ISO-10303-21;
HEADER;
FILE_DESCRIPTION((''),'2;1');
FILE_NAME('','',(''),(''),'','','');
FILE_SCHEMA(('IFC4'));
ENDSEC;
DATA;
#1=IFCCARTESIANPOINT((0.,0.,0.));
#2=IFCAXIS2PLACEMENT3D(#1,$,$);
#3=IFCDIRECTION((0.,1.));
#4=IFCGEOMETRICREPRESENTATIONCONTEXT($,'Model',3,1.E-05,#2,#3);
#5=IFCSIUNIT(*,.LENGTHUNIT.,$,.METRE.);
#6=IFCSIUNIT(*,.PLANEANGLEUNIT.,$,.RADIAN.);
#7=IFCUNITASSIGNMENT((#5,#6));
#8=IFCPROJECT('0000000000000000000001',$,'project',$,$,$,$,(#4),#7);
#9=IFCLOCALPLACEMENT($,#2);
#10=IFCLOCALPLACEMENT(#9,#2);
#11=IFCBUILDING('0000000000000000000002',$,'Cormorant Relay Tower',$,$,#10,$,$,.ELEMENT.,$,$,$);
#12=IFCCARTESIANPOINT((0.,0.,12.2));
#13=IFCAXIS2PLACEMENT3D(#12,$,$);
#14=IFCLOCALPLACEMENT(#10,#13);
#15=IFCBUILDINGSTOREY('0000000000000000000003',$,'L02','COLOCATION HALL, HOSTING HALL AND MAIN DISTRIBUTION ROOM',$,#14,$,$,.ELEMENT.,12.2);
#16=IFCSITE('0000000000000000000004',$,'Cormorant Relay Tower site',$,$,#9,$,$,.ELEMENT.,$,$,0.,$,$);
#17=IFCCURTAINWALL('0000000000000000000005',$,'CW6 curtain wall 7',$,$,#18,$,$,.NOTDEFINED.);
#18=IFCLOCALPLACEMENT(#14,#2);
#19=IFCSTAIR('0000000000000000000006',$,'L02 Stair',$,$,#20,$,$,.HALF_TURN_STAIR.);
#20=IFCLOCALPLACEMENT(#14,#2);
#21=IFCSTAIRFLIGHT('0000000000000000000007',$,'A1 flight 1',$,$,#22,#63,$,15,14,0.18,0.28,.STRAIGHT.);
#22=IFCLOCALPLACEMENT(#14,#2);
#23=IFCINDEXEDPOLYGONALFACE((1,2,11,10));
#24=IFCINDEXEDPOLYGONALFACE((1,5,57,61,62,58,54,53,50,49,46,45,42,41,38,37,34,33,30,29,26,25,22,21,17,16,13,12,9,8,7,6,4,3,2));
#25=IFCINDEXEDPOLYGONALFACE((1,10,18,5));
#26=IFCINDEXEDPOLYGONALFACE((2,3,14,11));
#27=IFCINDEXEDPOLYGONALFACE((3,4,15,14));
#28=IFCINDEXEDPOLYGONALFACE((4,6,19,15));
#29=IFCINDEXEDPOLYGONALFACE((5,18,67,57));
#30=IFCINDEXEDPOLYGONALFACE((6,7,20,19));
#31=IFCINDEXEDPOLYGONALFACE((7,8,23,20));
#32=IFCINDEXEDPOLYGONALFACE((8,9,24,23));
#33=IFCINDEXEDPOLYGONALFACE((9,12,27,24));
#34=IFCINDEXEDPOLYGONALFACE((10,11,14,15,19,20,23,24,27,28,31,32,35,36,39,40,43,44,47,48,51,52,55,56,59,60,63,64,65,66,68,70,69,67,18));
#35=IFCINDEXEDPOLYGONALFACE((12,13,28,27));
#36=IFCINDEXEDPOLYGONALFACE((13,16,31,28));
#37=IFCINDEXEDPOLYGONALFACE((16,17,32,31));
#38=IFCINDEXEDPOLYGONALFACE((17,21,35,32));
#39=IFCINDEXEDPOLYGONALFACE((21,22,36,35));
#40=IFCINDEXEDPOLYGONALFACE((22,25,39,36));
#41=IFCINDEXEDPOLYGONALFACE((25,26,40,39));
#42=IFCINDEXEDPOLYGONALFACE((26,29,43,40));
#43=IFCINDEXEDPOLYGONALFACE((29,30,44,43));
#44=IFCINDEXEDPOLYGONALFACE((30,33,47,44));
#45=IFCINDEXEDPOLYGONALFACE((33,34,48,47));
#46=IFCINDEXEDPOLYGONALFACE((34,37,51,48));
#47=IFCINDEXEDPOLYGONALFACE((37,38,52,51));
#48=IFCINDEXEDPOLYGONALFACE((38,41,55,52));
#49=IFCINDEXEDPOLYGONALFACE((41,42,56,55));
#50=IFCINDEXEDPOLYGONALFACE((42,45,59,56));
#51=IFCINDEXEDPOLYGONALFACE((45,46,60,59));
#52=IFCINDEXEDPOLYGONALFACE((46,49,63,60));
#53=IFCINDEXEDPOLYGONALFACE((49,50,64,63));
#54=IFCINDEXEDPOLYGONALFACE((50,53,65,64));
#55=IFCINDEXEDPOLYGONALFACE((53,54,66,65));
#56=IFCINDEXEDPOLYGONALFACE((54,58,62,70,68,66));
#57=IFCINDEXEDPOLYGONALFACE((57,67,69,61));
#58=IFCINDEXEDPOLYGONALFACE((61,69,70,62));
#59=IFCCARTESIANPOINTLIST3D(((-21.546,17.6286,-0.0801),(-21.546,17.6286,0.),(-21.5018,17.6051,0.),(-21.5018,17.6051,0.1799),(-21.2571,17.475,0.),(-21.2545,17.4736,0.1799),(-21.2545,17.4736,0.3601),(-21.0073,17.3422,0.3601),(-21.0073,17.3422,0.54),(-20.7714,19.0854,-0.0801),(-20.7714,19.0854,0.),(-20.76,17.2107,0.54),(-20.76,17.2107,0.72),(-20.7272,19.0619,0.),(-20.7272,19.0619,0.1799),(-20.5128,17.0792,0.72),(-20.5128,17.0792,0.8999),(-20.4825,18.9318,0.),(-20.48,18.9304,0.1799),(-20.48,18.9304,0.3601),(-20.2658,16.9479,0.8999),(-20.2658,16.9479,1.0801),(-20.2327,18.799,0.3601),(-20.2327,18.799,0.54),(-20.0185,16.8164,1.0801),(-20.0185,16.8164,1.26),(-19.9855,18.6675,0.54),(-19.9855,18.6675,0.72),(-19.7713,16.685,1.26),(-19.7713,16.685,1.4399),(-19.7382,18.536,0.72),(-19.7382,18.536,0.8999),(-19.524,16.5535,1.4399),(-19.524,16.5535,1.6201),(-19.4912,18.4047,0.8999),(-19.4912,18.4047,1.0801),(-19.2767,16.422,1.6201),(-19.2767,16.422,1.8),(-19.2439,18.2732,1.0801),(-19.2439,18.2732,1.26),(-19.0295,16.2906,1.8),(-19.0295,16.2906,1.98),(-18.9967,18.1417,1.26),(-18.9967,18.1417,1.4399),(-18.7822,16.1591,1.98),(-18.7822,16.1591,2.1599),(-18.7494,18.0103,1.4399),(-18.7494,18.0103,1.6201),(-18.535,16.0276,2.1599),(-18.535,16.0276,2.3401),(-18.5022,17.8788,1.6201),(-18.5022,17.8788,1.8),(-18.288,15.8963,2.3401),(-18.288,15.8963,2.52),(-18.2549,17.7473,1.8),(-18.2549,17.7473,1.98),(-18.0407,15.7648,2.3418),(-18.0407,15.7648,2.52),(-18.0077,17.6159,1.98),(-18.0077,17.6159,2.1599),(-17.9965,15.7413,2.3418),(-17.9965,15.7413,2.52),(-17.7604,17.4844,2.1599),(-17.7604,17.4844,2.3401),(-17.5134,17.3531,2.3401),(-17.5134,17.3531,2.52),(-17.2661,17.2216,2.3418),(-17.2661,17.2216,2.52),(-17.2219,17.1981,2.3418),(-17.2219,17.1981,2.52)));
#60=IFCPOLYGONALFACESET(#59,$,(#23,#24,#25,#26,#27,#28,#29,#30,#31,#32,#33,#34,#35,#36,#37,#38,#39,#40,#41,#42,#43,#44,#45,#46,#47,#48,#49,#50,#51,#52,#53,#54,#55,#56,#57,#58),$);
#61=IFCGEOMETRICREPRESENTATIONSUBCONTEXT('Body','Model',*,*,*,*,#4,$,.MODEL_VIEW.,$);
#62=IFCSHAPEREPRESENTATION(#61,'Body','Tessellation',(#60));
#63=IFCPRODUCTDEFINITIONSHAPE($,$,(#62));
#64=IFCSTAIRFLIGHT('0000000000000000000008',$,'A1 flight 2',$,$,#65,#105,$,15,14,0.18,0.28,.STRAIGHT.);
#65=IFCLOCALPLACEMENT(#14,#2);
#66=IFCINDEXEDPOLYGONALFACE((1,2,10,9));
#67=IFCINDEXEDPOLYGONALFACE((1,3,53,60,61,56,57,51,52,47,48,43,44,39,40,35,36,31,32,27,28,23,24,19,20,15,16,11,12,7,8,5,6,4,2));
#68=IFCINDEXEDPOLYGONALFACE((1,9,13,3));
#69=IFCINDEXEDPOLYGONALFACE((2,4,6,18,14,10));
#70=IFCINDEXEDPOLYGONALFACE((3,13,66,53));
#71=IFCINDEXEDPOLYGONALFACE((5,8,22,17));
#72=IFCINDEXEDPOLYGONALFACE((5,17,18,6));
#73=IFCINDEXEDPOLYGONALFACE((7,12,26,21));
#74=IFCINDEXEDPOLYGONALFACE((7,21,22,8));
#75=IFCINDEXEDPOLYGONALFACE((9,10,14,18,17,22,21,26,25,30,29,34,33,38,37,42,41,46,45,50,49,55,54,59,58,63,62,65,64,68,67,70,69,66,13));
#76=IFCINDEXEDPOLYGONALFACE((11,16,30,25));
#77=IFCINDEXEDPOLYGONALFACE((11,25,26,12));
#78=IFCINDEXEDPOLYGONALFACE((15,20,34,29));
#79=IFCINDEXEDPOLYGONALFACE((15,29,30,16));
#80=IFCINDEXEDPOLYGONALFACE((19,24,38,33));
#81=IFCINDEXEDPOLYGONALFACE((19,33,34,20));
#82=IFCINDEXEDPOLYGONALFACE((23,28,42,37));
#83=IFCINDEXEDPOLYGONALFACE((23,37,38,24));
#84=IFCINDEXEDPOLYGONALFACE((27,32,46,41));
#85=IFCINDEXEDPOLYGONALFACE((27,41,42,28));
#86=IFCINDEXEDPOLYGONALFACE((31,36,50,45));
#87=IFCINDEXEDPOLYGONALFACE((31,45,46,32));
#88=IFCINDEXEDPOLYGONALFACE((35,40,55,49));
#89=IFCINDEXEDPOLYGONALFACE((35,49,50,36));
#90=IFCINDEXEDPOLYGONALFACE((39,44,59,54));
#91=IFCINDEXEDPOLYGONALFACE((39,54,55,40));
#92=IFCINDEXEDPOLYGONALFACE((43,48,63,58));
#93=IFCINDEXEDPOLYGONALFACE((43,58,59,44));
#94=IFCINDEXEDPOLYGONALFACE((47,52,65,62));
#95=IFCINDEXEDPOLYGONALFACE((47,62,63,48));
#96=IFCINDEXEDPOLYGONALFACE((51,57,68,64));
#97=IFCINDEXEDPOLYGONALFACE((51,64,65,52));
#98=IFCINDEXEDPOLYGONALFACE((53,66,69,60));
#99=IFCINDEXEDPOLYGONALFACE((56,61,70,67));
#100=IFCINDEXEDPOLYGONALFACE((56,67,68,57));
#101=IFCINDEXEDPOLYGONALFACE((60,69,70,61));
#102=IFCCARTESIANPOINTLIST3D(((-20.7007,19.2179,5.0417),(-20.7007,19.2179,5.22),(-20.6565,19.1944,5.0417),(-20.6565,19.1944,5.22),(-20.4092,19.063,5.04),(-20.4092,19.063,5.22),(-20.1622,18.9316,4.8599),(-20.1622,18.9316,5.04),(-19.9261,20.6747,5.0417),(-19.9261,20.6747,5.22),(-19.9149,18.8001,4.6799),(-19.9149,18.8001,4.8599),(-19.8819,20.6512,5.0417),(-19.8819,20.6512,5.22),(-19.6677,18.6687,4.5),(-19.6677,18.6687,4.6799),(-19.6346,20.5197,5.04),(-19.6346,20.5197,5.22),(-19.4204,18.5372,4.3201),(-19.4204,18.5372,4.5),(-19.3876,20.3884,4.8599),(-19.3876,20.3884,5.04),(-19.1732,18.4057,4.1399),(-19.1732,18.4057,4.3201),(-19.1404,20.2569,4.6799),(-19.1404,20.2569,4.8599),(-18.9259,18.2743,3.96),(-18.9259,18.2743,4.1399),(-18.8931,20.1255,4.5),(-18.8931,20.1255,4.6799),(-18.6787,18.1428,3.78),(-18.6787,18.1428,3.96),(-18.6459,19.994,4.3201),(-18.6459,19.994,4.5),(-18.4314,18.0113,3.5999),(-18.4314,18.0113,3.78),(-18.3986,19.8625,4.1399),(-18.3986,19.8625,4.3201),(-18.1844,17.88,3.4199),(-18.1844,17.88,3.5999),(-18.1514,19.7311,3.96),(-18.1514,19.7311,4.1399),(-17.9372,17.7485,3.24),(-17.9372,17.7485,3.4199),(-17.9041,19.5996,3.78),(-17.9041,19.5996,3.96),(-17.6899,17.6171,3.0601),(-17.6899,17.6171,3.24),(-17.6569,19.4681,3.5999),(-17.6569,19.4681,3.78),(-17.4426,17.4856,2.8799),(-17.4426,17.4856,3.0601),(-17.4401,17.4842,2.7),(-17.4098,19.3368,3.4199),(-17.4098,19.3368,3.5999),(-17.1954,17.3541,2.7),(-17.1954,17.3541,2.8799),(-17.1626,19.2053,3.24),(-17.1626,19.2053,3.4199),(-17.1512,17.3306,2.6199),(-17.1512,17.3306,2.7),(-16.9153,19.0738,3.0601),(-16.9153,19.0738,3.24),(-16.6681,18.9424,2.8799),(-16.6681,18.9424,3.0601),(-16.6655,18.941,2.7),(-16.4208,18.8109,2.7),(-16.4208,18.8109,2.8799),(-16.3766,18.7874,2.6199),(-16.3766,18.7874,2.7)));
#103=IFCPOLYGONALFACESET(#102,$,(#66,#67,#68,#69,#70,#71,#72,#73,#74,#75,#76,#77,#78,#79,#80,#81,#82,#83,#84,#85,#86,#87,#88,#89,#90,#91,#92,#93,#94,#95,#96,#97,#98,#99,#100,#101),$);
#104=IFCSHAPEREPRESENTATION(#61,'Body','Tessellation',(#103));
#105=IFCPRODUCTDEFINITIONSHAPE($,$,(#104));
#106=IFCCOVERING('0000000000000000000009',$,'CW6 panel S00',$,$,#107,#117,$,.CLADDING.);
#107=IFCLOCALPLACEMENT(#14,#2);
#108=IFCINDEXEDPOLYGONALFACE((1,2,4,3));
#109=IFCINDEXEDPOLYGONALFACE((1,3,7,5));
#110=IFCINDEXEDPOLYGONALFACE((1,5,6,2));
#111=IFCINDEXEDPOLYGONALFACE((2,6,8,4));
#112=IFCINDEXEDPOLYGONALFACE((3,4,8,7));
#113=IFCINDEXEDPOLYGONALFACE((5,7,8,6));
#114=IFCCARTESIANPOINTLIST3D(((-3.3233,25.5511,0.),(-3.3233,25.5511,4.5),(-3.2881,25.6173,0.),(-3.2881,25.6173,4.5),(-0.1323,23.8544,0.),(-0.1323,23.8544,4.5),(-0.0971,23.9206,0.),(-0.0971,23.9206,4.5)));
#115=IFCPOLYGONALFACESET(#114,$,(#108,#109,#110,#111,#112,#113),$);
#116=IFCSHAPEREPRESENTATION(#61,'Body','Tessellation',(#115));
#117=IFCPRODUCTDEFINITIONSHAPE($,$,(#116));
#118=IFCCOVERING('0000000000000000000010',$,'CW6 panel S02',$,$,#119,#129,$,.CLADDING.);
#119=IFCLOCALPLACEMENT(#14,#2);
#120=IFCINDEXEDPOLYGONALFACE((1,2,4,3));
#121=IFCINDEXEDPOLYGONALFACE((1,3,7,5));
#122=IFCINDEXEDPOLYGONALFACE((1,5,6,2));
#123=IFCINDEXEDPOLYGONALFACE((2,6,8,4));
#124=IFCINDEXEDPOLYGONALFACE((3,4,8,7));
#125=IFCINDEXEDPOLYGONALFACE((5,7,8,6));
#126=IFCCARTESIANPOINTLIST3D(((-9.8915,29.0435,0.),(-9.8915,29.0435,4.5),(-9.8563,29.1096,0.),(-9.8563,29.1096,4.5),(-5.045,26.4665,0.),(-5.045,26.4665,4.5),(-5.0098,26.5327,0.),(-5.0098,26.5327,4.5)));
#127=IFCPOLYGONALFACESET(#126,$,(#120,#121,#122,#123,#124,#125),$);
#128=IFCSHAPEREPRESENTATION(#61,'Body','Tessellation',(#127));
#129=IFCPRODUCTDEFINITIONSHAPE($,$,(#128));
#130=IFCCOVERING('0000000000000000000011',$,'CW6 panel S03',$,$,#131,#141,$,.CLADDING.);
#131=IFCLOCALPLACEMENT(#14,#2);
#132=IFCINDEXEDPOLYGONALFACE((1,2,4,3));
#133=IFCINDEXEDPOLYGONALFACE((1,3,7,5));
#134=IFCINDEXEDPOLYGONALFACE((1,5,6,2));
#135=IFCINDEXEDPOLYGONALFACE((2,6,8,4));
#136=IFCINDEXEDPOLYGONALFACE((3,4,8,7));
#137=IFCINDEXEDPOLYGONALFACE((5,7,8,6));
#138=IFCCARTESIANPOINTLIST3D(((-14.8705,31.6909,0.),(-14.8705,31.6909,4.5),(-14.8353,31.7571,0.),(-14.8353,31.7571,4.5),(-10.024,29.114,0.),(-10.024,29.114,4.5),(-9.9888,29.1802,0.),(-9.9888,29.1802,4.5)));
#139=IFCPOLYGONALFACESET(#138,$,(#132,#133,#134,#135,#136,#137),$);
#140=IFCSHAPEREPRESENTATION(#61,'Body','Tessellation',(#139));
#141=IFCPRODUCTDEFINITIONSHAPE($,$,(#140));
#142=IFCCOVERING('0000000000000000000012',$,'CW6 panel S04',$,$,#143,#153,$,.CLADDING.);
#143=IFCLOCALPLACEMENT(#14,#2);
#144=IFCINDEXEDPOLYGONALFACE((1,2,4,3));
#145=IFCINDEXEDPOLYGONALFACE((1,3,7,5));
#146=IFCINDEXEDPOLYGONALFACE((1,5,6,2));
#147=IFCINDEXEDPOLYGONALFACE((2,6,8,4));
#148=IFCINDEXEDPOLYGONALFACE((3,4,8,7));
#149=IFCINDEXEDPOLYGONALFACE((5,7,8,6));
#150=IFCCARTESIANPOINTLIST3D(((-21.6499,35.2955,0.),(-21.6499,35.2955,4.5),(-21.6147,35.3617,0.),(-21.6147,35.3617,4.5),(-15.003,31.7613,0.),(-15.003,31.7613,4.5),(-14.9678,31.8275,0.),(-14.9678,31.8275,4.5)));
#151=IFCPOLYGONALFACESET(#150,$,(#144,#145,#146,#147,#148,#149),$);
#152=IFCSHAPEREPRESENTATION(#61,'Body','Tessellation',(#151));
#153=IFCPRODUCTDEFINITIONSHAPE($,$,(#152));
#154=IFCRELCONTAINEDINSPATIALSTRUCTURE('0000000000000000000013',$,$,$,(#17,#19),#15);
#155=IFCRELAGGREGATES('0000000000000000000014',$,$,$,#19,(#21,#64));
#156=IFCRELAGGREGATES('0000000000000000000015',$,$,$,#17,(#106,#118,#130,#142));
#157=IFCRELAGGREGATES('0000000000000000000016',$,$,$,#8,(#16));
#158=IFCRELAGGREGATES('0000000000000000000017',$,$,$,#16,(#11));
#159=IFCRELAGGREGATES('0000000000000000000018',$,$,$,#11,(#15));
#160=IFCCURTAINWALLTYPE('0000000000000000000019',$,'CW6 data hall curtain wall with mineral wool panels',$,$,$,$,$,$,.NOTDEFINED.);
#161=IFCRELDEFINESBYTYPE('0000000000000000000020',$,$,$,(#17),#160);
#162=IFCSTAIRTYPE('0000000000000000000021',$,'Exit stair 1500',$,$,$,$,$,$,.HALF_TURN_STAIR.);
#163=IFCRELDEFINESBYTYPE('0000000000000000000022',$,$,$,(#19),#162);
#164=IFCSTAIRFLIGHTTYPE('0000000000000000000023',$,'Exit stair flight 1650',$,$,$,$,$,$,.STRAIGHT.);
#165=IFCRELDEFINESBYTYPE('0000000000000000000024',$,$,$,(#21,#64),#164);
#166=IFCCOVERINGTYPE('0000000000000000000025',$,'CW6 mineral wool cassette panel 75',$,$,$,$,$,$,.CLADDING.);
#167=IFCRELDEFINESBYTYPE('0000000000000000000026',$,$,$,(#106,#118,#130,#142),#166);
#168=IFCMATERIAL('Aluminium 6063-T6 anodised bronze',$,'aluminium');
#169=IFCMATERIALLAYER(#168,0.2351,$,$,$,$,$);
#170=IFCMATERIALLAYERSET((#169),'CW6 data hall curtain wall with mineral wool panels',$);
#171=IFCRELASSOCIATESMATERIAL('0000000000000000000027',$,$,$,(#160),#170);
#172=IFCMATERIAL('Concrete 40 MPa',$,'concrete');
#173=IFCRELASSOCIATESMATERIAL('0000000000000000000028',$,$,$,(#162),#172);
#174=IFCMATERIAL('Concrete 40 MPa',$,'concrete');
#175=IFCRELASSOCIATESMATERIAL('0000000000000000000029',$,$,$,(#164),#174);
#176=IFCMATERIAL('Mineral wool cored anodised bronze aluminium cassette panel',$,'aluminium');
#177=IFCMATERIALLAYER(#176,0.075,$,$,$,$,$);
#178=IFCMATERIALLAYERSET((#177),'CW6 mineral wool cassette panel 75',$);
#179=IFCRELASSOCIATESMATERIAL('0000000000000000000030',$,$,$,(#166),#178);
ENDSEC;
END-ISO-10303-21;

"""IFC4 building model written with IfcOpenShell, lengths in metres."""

from ifc_helpers import new_model, si_unit, direction, frame, origin, origin_2d, place, context, subcontext, project, spatial, polyline, rectangle, outline, extrude, material, layer, layer_set, type_object, element, aggregate, save


model = new_model("IFC4")

# Units and contexts
model_context = context("Model", 3, precision=1e-05, world=origin(), true_north=direction((0.0, 1.0)))
body_context = subcontext(model_context, "Body", "Model", "MODEL_VIEW")
ifc_project = project(units=[si_unit("LENGTHUNIT", "METRE"), si_unit("PLANEANGLEUNIT", "RADIAN")], contexts=[model_context])

# Site, building, storey
site_placement = place(None, origin())
site = spatial("IfcSite", under=ifc_project, at=site_placement, Name="Cormorant Relay Tower site", CompositionType="ELEMENT", RefElevation=0.0)
building_placement = place(site_placement, origin())
building = spatial("IfcBuilding", under=site, at=building_placement, Name="Cormorant Relay Tower", CompositionType="ELEMENT")
storey_placement = place(building_placement, frame((0.0, 0.0, 12.2)))
storey = spatial("IfcBuildingStorey", under=building, at=storey_placement, Name="L02", Description="COLOCATION HALL, HOSTING HALL AND MAIN DISTRIBUTION ROOM", CompositionType="ELEMENT", Elevation=12.2)

# Curtain wall
ifc_material_1 = material(Name="Aluminium 6063-T6 anodised bronze", Category="aluminium")
ifc_layer_1 = layer(ifc_material_1, 0.2351)
ifc_layer_set_1 = layer_set([ifc_layer_1], Name="CW6 data hall curtain wall with mineral wool panels")
curtain_wall_type = type_object("IfcCurtainWallType", Name="CW6 data hall curtain wall with mineral wool panels", PredefinedType="NOTDEFINED", material=ifc_layer_set_1)
curtain_wall_placement = place(storey_placement, origin())
curtain_wall = element("IfcCurtainWall", 1, at=curtain_wall_placement, inside=storey, type_object=curtain_wall_type, Name="CW6 curtain wall 7", PredefinedType="NOTDEFINED")

# Stair, stair flights
ifc_material_2 = material(Name="Concrete 40 MPa", Category="concrete")
stair_type = type_object("IfcStairType", Name="Exit stair 1500", PredefinedType="HALF_TURN_STAIR", material=ifc_material_2)
stair_placement = place(storey_placement, origin())
stair = element("IfcStair", 2, at=stair_placement, inside=storey, type_object=stair_type, Name="L02 Stair", PredefinedType="HALF_TURN_STAIR")
ifc_material_3 = material(Name="Concrete 40 MPa", Category="concrete")
stair_flight_type = type_object("IfcStairFlightType", Name="Exit stair flight 1650", PredefinedType="STRAIGHT", material=ifc_material_3)
stair_flight_1_placement = place(storey_placement, frame((-21.1145, 18.3335, 0.0), z_axis=(0.0, 0.0, 1.0), x_axis=(0.882948, -0.469472, 0.0)))
stair_flight_1 = element("IfcStairFlight", 3, at=stair_flight_1_placement, type_object=stair_flight_type, Name="A1 flight 1", NumberOfRisers=15, NumberOfTreads=14, PredefinedType="STRAIGHT", RiserHeight=0.18, TreadLength=0.28, context=body_context, shape_type="SweptSolid", body=[
    extrude(outline(polyline([(-0.05, -0.0801), (-0.05, 0.0), (0.0, 0.0), (0.0, 0.1799), (0.28, 0.1799), (0.28, 0.3601), (0.5601, 0.3601), (0.5601, 0.54), (0.8401, 0.54), (0.8401, 0.72), (1.1201, 0.72), (1.1201, 0.8999), (1.3999, 0.8999), (1.3999, 1.0801), (1.6799, 1.0801), (1.6799, 1.26), (1.96, 1.26), (1.96, 1.4399), (2.24, 1.4399), (2.24, 1.6201), (2.52, 1.6201), (2.52, 1.8), (2.8, 1.8), (2.8, 1.98), (3.0801, 1.98), (3.0801, 2.1599), (3.3601, 2.1599), (3.3601, 2.3401), (3.6399, 2.3401), (3.6399, 2.52), (3.9199, 2.52), (3.97, 2.52), (3.97, 2.3418), (3.9199, 2.3418), (0.2771, 0.0), (-0.05, -0.0801)])), frame((0.0, 0.825, 0.0), z_axis=(0.0, -1.0, 0.0), x_axis=(1.0, 0.0, 0.0)), (0.0, 0.0, 1.0), 1.6499),
])
stair_flight_2_placement = place(storey_placement, frame((-16.8081, 18.0825, 2.7), z_axis=(0.0, 0.0, 1.0), x_axis=(-0.882948, 0.469472, 0.0)))
stair_flight_2 = element("IfcStairFlight", 4, at=stair_flight_2_placement, type_object=stair_flight_type, Name="A1 flight 2", NumberOfRisers=15, NumberOfTreads=14, PredefinedType="STRAIGHT", RiserHeight=0.18, TreadLength=0.28, context=body_context, shape_type="SweptSolid", body=[
    extrude(outline(polyline([(-0.05, -0.0801), (-0.05, 0.0), (0.0, 0.0), (0.0, 0.1799), (0.28, 0.1799), (0.28, 0.3601), (0.5601, 0.3601), (0.5601, 0.54), (0.8401, 0.54), (0.8401, 0.72), (1.1201, 0.72), (1.1201, 0.8999), (1.3999, 0.8999), (1.3999, 1.0801), (1.6799, 1.0801), (1.6799, 1.26), (1.96, 1.26), (1.96, 1.4399), (2.24, 1.4399), (2.24, 1.6201), (2.52, 1.6201), (2.52, 1.8), (2.8, 1.8), (2.8, 1.98), (3.0801, 1.98), (3.0801, 2.1599), (3.3601, 2.1599), (3.3601, 2.3401), (3.6399, 2.3401), (3.6399, 2.52), (3.9199, 2.52), (3.97, 2.52), (3.97, 2.3418), (3.9199, 2.3418), (0.2771, 0.0), (-0.05, -0.0801)])), frame((0.0, 0.825, 0.0), z_axis=(0.0, -1.0, 0.0), x_axis=(1.0, 0.0, 0.0)), (0.0, 0.0, 1.0), 1.6499),
])
aggregate(stair, [stair_flight_1, stair_flight_2])

# Coverings
ifc_material_4 = material(Name="Mineral wool cored anodised bronze aluminium cassette panel", Category="aluminium")
ifc_layer_2 = layer(ifc_material_4, 0.075)
ifc_layer_set_2 = layer_set([ifc_layer_2], Name="CW6 mineral wool cassette panel 75")
covering_type = type_object("IfcCoveringType", Name="CW6 mineral wool cassette panel 75", PredefinedType="CLADDING", material=ifc_layer_set_2)
covering_1_placement = place(storey_placement, frame((-1.7102, 24.7358, 0.0), z_axis=(0.0, 0.0, 1.0), x_axis=(-0.882948, 0.469472, 0.0)))
covering_1 = element("IfcCovering", 5, at=covering_1_placement, type_object=covering_type, Name="CW6 panel S00", PredefinedType="CLADDING", context=body_context, shape_type="SweptSolid", body=[
    extrude(rectangle(XDim=3.614, YDim=0.075, at=origin_2d()), origin(), (0.0, 0.0, 1.0), 4.5),
])
covering_2_placement = place(storey_placement, frame((-7.4507, 27.7881, 0.0), z_axis=(0.0, 0.0, 1.0), x_axis=(-0.882948, 0.469472, 0.0)))
covering_2 = element("IfcCovering", 6, at=covering_2_placement, type_object=covering_type, Name="CW6 panel S02", PredefinedType="CLADDING", context=body_context, shape_type="SweptSolid", body=[
    extrude(rectangle(XDim=5.489, YDim=0.075, at=origin_2d()), origin(), (0.0, 0.0, 1.0), 4.5),
])
covering_3_placement = place(storey_placement, frame((-12.4297, 30.4355, 0.0), z_axis=(0.0, 0.0, 1.0), x_axis=(-0.882948, 0.469472, 0.0)))
covering_3 = element("IfcCovering", 7, at=covering_3_placement, type_object=covering_type, Name="CW6 panel S03", PredefinedType="CLADDING", context=body_context, shape_type="SweptSolid", body=[
    extrude(rectangle(XDim=5.489, YDim=0.075, at=origin_2d()), origin(), (0.0, 0.0, 1.0), 4.5),
])
covering_4_placement = place(storey_placement, frame((-18.3088, 33.5615, 0.0), z_axis=(0.0, 0.0, 1.0), x_axis=(-0.882948, 0.469472, 0.0)))
covering_4 = element("IfcCovering", 8, at=covering_4_placement, type_object=covering_type, Name="CW6 panel S04", PredefinedType="CLADDING", context=body_context, shape_type="SweptSolid", body=[
    extrude(rectangle(XDim=7.5281, YDim=0.075, at=origin_2d()), origin(), (0.0, 0.0, 1.0), 4.5),
])
aggregate(curtain_wall, [covering_1, covering_2, covering_3, covering_4])

save(model, "model.ifc")
